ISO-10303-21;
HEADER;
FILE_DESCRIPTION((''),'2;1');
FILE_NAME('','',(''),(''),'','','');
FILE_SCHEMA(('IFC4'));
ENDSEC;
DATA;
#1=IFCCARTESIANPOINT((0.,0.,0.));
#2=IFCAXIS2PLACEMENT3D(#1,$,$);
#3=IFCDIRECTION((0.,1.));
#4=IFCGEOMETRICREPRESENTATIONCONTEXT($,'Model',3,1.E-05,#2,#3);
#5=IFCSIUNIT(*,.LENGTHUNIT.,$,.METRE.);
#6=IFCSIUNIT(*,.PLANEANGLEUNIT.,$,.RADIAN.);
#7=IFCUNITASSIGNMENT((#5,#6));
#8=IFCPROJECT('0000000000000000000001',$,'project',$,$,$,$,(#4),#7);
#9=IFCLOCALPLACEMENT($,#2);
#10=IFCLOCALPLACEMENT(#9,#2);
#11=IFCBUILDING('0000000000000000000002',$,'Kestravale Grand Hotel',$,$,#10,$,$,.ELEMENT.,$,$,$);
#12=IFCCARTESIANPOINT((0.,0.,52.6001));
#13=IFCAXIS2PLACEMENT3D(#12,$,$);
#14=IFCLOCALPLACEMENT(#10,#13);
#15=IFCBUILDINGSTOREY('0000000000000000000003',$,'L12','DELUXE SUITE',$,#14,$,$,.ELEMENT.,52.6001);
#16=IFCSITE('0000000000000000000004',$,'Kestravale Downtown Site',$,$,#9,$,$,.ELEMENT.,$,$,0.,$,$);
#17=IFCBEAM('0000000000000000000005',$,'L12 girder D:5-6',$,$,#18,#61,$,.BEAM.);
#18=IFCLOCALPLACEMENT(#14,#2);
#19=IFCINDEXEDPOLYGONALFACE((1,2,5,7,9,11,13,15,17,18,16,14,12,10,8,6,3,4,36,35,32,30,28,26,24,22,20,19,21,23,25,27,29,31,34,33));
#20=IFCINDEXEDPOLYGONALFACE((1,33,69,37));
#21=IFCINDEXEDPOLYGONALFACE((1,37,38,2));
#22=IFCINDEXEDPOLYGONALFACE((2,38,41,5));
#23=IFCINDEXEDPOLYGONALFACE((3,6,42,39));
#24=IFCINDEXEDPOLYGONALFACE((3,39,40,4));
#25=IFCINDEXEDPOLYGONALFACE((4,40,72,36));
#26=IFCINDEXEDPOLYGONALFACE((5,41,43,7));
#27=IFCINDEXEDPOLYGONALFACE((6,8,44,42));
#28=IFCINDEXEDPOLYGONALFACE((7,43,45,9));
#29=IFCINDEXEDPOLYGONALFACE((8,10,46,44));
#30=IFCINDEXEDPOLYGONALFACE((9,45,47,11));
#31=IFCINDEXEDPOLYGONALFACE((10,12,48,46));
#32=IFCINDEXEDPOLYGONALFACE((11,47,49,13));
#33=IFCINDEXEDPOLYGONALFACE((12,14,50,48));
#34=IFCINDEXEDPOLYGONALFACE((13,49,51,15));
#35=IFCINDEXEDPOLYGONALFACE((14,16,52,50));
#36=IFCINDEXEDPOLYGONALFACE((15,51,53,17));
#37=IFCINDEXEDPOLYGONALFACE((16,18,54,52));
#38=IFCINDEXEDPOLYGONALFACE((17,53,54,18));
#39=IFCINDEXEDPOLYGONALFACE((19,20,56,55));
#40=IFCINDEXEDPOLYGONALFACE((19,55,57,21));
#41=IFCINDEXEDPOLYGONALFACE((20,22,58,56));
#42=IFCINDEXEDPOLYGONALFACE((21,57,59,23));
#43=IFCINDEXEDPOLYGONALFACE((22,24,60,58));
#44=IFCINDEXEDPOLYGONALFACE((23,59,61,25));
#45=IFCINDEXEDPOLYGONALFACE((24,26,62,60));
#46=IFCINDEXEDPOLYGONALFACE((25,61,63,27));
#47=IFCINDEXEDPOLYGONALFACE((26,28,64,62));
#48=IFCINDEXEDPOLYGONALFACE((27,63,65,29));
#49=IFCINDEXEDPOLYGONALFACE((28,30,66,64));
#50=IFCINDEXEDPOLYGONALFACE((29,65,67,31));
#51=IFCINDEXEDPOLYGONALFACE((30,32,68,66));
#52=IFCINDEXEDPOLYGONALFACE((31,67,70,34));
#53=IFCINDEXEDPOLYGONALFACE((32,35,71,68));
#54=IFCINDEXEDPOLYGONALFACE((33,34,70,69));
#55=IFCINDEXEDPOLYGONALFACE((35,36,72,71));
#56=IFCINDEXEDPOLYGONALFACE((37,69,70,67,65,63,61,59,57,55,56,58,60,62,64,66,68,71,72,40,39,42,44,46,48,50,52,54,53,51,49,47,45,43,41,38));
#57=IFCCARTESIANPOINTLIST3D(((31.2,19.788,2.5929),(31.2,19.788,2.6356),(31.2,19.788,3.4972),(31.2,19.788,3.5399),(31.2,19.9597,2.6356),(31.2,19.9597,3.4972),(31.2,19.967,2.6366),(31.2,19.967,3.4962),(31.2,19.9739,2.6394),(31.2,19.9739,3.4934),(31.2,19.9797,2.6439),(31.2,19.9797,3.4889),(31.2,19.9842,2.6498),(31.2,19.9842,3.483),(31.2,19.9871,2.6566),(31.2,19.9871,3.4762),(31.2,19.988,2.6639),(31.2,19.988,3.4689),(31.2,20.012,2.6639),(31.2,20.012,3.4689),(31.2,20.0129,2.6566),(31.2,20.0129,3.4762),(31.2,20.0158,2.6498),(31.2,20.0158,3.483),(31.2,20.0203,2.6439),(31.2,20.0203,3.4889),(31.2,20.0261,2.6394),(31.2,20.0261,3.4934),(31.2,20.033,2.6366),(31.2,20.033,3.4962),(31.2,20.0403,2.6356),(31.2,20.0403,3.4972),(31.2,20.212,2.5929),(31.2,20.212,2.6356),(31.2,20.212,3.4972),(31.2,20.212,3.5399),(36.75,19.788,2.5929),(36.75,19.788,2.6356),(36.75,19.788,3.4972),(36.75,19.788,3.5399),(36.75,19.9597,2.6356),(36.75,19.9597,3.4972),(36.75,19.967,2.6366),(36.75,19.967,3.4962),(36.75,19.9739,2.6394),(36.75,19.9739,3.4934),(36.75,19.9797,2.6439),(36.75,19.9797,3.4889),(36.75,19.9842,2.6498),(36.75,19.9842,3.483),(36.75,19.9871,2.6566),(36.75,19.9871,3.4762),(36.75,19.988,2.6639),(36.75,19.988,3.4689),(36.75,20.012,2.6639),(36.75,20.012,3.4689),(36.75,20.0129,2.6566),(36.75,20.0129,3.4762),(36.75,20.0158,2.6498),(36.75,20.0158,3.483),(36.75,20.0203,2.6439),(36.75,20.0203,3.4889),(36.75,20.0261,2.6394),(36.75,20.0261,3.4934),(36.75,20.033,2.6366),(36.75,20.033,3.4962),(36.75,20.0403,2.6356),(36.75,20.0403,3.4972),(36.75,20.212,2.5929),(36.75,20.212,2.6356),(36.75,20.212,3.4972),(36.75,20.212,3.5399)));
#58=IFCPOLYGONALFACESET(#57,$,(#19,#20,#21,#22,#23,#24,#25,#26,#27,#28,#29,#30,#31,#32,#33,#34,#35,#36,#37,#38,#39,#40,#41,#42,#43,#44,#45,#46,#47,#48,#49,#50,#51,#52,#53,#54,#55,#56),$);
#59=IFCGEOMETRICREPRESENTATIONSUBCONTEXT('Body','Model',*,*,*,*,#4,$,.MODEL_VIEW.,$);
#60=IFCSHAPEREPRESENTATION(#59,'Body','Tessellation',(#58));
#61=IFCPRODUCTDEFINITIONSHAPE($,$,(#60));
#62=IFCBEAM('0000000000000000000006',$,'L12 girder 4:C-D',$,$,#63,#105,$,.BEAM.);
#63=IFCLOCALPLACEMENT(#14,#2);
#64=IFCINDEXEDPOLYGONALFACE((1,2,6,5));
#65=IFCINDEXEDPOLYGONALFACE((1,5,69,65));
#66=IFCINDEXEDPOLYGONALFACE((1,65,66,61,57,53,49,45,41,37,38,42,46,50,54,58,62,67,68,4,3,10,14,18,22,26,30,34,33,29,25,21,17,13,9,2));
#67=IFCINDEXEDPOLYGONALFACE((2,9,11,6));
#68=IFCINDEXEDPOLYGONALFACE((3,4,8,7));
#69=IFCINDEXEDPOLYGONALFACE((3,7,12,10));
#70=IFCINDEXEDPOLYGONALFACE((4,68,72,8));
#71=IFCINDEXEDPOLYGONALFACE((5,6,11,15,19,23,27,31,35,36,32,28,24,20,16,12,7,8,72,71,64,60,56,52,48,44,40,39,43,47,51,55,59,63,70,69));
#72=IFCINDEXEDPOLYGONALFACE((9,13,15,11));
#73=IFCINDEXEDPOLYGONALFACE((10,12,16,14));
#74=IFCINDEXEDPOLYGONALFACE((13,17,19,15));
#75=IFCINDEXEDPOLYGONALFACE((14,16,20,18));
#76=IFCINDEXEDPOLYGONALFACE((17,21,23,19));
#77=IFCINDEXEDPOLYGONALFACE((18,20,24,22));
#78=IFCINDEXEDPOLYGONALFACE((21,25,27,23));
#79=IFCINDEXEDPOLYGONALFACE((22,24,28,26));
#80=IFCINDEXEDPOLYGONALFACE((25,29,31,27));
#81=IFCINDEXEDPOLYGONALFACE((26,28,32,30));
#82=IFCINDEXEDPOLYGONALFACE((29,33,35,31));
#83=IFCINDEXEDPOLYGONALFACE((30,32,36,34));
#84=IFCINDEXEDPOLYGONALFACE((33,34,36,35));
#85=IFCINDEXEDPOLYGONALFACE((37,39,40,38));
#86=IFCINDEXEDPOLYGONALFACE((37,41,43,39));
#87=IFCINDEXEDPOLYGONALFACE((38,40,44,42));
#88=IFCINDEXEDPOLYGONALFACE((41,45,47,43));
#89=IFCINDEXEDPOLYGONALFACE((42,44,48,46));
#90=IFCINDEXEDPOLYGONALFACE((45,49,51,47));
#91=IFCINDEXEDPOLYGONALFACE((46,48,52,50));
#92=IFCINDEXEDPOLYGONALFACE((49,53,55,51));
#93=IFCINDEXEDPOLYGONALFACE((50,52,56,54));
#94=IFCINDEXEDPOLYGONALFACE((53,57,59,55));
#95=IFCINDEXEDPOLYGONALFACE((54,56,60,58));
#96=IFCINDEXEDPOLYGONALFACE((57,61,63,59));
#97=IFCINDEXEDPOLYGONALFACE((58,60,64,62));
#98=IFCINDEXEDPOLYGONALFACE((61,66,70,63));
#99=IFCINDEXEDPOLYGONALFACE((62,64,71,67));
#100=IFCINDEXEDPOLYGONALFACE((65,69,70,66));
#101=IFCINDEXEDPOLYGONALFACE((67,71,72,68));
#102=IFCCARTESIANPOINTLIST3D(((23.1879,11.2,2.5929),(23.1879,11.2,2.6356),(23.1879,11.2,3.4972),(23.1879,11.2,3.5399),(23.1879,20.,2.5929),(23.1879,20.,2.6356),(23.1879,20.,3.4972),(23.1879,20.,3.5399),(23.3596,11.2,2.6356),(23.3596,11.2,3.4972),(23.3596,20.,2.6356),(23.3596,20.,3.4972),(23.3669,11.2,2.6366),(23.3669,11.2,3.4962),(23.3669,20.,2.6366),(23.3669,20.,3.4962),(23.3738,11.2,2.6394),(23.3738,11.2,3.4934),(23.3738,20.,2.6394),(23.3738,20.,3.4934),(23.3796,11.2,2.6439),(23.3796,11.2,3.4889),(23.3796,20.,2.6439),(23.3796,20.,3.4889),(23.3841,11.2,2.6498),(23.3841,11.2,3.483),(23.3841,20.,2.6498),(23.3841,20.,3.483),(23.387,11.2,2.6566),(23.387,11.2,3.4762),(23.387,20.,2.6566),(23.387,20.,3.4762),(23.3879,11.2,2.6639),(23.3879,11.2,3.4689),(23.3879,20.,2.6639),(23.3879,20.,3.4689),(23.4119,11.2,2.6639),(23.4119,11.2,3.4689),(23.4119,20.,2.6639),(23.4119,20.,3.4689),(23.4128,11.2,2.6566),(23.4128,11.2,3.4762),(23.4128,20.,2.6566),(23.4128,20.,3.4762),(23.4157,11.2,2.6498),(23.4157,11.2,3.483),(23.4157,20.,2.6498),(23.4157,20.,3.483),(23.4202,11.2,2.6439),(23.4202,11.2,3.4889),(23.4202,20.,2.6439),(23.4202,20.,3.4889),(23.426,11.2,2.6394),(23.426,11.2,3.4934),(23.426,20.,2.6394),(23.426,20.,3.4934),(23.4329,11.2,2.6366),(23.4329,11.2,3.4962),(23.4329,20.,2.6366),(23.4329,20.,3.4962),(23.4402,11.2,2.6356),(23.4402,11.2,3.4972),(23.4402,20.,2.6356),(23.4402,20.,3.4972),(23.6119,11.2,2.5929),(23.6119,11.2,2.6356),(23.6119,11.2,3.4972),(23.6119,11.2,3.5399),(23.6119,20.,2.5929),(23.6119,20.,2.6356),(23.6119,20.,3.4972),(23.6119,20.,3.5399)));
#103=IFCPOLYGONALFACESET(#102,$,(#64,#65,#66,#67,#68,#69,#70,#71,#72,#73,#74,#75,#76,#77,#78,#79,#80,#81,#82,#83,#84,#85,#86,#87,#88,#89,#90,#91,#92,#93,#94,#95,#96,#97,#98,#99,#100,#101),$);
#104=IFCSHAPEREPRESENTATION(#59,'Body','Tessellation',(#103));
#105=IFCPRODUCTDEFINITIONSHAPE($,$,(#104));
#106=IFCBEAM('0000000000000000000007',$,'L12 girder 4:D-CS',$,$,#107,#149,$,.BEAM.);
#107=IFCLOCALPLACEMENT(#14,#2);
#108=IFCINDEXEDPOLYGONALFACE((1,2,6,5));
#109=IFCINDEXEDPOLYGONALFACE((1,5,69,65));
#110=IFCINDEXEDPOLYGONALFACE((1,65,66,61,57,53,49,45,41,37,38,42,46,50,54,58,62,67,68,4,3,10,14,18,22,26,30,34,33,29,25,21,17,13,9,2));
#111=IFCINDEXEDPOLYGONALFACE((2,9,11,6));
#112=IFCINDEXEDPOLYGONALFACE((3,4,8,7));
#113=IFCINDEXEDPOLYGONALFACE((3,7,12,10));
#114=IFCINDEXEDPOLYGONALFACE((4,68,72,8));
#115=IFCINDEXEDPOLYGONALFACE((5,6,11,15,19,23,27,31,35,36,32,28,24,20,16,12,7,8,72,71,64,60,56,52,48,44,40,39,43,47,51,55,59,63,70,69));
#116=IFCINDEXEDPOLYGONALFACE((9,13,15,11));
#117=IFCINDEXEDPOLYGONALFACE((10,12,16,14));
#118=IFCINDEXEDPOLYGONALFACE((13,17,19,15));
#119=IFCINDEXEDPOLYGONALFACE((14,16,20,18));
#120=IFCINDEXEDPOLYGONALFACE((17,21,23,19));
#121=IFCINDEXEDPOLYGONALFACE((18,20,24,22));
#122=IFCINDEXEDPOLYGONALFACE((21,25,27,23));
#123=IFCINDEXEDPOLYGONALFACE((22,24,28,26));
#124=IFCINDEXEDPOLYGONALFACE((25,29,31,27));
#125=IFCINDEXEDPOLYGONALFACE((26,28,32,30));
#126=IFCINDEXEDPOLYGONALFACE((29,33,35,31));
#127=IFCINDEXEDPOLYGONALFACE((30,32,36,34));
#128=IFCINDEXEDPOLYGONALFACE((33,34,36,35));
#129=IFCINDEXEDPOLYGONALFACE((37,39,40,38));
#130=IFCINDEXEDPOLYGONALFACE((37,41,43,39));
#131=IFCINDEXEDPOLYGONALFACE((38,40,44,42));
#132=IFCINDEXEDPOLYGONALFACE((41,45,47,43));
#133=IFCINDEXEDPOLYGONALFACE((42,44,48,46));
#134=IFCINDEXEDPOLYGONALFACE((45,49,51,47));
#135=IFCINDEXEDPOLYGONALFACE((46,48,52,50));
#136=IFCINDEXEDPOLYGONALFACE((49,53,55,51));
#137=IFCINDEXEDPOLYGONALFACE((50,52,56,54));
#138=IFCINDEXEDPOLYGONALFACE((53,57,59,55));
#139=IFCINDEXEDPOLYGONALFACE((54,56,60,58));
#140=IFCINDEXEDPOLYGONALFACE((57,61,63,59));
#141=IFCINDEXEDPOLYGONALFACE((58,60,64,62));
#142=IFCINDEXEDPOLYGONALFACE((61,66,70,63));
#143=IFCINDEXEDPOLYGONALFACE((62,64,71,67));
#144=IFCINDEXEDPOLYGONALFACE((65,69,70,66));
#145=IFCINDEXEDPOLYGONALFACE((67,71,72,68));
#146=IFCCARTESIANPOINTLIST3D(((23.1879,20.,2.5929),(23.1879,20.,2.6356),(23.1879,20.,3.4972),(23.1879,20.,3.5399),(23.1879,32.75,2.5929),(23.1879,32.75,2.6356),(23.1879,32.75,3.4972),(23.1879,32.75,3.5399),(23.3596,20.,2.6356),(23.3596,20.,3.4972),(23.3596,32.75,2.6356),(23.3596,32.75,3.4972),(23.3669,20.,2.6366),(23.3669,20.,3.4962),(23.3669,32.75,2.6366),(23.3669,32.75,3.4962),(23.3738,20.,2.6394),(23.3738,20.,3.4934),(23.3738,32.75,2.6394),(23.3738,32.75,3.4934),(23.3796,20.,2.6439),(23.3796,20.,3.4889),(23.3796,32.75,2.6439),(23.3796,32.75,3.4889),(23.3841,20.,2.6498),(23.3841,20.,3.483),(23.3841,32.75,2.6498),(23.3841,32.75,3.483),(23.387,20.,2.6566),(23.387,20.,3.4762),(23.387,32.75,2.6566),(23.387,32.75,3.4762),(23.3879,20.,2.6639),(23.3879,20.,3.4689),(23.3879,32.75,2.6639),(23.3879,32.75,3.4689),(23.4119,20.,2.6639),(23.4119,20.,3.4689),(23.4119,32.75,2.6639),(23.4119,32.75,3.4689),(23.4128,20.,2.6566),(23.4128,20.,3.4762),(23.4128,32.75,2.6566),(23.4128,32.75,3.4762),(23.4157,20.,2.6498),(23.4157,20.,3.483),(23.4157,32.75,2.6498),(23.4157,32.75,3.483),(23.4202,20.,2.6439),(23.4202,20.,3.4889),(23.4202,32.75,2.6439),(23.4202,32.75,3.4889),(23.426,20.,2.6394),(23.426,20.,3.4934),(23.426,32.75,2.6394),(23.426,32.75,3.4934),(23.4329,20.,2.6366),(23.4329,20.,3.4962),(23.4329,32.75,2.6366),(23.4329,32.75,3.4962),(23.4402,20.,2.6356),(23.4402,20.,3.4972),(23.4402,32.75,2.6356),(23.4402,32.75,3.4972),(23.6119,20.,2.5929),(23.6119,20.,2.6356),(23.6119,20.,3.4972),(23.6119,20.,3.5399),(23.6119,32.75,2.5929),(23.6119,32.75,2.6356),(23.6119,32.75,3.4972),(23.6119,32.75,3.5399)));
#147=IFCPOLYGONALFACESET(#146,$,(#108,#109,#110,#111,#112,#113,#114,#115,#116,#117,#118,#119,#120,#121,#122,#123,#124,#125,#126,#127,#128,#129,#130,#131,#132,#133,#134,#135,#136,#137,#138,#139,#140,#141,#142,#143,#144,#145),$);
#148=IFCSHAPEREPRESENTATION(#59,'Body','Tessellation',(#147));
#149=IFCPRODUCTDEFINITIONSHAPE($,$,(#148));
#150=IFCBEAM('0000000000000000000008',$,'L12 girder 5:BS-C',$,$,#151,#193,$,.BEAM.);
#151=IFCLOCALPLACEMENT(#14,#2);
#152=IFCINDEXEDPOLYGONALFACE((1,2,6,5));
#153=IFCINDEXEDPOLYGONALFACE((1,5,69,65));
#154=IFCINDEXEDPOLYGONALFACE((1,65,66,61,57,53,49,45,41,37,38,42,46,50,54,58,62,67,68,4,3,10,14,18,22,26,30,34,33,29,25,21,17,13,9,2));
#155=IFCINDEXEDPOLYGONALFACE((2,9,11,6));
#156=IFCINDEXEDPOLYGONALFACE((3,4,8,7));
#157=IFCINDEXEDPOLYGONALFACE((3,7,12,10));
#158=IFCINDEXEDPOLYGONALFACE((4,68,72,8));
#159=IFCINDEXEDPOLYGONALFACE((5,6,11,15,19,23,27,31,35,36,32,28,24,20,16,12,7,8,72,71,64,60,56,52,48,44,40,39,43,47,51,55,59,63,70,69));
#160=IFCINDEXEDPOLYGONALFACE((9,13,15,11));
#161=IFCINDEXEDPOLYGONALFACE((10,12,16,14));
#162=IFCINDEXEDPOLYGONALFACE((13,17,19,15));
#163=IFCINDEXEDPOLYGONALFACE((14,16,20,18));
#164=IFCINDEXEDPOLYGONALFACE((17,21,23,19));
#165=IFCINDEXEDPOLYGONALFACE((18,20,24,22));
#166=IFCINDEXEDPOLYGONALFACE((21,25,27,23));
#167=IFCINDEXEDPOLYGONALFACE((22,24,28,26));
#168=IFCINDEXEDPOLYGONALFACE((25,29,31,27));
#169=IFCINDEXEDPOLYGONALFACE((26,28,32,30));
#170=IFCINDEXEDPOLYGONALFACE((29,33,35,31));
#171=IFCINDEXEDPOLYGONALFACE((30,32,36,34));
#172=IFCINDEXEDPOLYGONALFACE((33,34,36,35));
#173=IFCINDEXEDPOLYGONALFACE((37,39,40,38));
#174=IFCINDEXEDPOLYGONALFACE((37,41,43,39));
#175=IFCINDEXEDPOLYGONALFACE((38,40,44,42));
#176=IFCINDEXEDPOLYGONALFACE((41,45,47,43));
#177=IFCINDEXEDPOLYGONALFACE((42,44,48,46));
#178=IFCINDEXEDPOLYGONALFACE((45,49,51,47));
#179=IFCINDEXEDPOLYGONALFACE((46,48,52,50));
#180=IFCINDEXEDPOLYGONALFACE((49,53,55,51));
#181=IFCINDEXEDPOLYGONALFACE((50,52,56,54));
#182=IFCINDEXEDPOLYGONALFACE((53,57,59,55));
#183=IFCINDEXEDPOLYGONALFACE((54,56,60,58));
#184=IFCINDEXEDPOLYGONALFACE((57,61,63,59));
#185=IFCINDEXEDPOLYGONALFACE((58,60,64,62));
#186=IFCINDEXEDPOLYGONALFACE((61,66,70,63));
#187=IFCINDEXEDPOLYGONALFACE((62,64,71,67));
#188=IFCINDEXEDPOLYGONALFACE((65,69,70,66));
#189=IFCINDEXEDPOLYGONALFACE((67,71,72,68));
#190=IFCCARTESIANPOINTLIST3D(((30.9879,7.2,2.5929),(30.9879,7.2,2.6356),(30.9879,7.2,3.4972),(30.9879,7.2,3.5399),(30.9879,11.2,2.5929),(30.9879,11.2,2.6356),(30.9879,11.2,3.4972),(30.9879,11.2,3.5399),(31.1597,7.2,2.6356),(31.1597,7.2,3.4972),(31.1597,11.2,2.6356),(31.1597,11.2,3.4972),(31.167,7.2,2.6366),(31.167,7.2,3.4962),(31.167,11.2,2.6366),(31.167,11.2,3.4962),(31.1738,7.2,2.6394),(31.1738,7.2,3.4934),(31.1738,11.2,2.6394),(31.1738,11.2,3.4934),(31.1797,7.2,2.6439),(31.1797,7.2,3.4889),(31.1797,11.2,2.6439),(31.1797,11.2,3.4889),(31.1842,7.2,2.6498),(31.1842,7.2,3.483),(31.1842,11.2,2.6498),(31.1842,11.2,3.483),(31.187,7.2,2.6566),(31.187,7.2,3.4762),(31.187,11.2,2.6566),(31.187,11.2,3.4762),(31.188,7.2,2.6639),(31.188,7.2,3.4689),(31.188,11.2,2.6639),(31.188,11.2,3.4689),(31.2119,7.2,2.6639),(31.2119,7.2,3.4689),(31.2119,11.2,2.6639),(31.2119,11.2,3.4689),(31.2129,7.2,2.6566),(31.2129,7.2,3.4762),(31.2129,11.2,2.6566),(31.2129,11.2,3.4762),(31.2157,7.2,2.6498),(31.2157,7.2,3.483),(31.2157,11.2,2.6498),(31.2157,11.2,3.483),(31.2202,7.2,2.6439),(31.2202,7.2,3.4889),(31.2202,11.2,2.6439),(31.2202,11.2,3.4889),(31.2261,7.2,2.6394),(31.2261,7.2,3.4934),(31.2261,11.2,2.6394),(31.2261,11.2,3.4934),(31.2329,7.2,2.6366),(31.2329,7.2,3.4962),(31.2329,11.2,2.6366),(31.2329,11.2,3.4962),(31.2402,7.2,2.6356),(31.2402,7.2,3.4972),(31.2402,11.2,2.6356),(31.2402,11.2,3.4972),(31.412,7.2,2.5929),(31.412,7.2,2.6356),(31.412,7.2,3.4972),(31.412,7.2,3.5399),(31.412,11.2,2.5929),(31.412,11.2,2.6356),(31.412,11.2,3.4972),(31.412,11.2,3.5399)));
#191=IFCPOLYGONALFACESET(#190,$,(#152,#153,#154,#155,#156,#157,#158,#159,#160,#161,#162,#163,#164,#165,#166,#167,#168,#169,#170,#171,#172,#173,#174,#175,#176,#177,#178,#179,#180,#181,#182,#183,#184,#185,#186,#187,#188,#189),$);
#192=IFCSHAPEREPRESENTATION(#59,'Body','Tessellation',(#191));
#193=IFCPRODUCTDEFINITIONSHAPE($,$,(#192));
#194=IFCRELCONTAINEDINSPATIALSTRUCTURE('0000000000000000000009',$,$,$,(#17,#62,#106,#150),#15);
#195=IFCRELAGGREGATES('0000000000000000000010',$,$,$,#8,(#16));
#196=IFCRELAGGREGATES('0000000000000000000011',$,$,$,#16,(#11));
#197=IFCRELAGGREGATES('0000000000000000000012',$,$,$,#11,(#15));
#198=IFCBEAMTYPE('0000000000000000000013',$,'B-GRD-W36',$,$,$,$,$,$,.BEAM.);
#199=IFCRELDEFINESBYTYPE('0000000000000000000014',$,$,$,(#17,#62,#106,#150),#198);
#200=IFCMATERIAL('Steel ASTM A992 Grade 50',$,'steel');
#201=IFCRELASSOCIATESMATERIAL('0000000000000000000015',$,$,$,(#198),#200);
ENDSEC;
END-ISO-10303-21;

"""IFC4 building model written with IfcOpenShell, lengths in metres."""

from ifc_helpers import new_model, si_unit, direction, frame, origin, origin_2d, place, context, subcontext, project, spatial, i_section, extrude, material, material_profile, profile_set, type_object, element, save


model = new_model("IFC4")

# Units and contexts
model_context = context("Model", 3, precision=1e-05, world=origin(), true_north=direction((0.0, 1.0)))
body_context = subcontext(model_context, "Body", "Model", "MODEL_VIEW")
ifc_project = project(units=[si_unit("LENGTHUNIT", "METRE"), si_unit("PLANEANGLEUNIT", "RADIAN")], contexts=[model_context])

# Site, building, storey
site_placement = place(None, origin())
site = spatial("IfcSite", under=ifc_project, at=site_placement, Name="Kestravale Downtown Site", CompositionType="ELEMENT", RefElevation=0.0)
building_placement = place(site_placement, origin())
building = spatial("IfcBuilding", under=site, at=building_placement, Name="Kestravale Grand Hotel", CompositionType="ELEMENT")
storey_placement = place(building_placement, frame((0.0, 0.0, 52.6001)))
storey = spatial("IfcBuildingStorey", under=building, at=storey_placement, Name="L12", Description="DELUXE SUITE", CompositionType="ELEMENT", Elevation=52.6001)

# Beams
ifc_material_1 = material(Name="Steel ASTM A992 Grade 50", Category="steel")
ifc_material_profile_1 = material_profile(ifc_material_1, i_section(OverallWidth=0.4241, OverallDepth=0.947, WebThickness=0.0239, FlangeThickness=0.0427, FilletRadius=0.0283, at=origin_2d()))
ifc_profile_set_1 = profile_set([ifc_material_profile_1], Name="Steel ASTM A992 Grade 50")
beam_type_1 = type_object("IfcBeamType", Name="B-GRD-W36", PredefinedType="BEAM", material=ifc_profile_set_1)
beam_1_placement = place(storey_placement, frame((31.2, 20.0, 3.0664), z_axis=(1.0, 0.0, 0.0), x_axis=(0.0, 1.0, 0.0)))
element("IfcBeam", 1, at=beam_1_placement, inside=storey, type_object=beam_type_1, Name="L12 girder D:5-6", PredefinedType="BEAM", context=body_context, shape_type="SweptSolid", body=[
    extrude(i_section(OverallWidth=0.4241, OverallDepth=0.947, WebThickness=0.0239, FlangeThickness=0.0427, FilletRadius=0.0283, at=origin_2d()), origin(), (0.0, 0.0, 1.0), 5.55),
])
beam_2_placement = place(storey_placement, frame((23.3999, 11.2, 3.0664), z_axis=(0.0, 1.0, 0.0), x_axis=(-1.0, 0.0, 0.0)))
element("IfcBeam", 2, at=beam_2_placement, inside=storey, type_object=beam_type_1, Name="L12 girder 4:C-D", PredefinedType="BEAM", context=body_context, shape_type="SweptSolid", body=[
    extrude(i_section(OverallWidth=0.4241, OverallDepth=0.947, WebThickness=0.0239, FlangeThickness=0.0427, FilletRadius=0.0283, at=origin_2d()), origin(), (0.0, 0.0, 1.0), 8.8),
])
beam_3_placement = place(storey_placement, frame((23.3999, 20.0, 3.0664), z_axis=(0.0, 1.0, 0.0), x_axis=(-1.0, 0.0, 0.0)))
element("IfcBeam", 3, at=beam_3_placement, inside=storey, type_object=beam_type_1, Name="L12 girder 4:D-CS", PredefinedType="BEAM", context=body_context, shape_type="SweptSolid", body=[
    extrude(i_section(OverallWidth=0.4241, OverallDepth=0.947, WebThickness=0.0239, FlangeThickness=0.0427, FilletRadius=0.0283, at=origin_2d()), origin(), (0.0, 0.0, 1.0), 12.75),
])
beam_4_placement = place(storey_placement, frame((31.2, 7.2, 3.0664), z_axis=(0.0, 1.0, 0.0), x_axis=(-1.0, 0.0, 0.0)))
element("IfcBeam", 4, at=beam_4_placement, inside=storey, type_object=beam_type_1, Name="L12 girder 5:BS-C", PredefinedType="BEAM", context=body_context, shape_type="SweptSolid", body=[
    extrude(i_section(OverallWidth=0.4241, OverallDepth=0.947, WebThickness=0.0239, FlangeThickness=0.0427, FilletRadius=0.0283, at=origin_2d()), origin(), (0.0, 0.0, 1.0), 4.0),
])

save(model, "model.ifc")
